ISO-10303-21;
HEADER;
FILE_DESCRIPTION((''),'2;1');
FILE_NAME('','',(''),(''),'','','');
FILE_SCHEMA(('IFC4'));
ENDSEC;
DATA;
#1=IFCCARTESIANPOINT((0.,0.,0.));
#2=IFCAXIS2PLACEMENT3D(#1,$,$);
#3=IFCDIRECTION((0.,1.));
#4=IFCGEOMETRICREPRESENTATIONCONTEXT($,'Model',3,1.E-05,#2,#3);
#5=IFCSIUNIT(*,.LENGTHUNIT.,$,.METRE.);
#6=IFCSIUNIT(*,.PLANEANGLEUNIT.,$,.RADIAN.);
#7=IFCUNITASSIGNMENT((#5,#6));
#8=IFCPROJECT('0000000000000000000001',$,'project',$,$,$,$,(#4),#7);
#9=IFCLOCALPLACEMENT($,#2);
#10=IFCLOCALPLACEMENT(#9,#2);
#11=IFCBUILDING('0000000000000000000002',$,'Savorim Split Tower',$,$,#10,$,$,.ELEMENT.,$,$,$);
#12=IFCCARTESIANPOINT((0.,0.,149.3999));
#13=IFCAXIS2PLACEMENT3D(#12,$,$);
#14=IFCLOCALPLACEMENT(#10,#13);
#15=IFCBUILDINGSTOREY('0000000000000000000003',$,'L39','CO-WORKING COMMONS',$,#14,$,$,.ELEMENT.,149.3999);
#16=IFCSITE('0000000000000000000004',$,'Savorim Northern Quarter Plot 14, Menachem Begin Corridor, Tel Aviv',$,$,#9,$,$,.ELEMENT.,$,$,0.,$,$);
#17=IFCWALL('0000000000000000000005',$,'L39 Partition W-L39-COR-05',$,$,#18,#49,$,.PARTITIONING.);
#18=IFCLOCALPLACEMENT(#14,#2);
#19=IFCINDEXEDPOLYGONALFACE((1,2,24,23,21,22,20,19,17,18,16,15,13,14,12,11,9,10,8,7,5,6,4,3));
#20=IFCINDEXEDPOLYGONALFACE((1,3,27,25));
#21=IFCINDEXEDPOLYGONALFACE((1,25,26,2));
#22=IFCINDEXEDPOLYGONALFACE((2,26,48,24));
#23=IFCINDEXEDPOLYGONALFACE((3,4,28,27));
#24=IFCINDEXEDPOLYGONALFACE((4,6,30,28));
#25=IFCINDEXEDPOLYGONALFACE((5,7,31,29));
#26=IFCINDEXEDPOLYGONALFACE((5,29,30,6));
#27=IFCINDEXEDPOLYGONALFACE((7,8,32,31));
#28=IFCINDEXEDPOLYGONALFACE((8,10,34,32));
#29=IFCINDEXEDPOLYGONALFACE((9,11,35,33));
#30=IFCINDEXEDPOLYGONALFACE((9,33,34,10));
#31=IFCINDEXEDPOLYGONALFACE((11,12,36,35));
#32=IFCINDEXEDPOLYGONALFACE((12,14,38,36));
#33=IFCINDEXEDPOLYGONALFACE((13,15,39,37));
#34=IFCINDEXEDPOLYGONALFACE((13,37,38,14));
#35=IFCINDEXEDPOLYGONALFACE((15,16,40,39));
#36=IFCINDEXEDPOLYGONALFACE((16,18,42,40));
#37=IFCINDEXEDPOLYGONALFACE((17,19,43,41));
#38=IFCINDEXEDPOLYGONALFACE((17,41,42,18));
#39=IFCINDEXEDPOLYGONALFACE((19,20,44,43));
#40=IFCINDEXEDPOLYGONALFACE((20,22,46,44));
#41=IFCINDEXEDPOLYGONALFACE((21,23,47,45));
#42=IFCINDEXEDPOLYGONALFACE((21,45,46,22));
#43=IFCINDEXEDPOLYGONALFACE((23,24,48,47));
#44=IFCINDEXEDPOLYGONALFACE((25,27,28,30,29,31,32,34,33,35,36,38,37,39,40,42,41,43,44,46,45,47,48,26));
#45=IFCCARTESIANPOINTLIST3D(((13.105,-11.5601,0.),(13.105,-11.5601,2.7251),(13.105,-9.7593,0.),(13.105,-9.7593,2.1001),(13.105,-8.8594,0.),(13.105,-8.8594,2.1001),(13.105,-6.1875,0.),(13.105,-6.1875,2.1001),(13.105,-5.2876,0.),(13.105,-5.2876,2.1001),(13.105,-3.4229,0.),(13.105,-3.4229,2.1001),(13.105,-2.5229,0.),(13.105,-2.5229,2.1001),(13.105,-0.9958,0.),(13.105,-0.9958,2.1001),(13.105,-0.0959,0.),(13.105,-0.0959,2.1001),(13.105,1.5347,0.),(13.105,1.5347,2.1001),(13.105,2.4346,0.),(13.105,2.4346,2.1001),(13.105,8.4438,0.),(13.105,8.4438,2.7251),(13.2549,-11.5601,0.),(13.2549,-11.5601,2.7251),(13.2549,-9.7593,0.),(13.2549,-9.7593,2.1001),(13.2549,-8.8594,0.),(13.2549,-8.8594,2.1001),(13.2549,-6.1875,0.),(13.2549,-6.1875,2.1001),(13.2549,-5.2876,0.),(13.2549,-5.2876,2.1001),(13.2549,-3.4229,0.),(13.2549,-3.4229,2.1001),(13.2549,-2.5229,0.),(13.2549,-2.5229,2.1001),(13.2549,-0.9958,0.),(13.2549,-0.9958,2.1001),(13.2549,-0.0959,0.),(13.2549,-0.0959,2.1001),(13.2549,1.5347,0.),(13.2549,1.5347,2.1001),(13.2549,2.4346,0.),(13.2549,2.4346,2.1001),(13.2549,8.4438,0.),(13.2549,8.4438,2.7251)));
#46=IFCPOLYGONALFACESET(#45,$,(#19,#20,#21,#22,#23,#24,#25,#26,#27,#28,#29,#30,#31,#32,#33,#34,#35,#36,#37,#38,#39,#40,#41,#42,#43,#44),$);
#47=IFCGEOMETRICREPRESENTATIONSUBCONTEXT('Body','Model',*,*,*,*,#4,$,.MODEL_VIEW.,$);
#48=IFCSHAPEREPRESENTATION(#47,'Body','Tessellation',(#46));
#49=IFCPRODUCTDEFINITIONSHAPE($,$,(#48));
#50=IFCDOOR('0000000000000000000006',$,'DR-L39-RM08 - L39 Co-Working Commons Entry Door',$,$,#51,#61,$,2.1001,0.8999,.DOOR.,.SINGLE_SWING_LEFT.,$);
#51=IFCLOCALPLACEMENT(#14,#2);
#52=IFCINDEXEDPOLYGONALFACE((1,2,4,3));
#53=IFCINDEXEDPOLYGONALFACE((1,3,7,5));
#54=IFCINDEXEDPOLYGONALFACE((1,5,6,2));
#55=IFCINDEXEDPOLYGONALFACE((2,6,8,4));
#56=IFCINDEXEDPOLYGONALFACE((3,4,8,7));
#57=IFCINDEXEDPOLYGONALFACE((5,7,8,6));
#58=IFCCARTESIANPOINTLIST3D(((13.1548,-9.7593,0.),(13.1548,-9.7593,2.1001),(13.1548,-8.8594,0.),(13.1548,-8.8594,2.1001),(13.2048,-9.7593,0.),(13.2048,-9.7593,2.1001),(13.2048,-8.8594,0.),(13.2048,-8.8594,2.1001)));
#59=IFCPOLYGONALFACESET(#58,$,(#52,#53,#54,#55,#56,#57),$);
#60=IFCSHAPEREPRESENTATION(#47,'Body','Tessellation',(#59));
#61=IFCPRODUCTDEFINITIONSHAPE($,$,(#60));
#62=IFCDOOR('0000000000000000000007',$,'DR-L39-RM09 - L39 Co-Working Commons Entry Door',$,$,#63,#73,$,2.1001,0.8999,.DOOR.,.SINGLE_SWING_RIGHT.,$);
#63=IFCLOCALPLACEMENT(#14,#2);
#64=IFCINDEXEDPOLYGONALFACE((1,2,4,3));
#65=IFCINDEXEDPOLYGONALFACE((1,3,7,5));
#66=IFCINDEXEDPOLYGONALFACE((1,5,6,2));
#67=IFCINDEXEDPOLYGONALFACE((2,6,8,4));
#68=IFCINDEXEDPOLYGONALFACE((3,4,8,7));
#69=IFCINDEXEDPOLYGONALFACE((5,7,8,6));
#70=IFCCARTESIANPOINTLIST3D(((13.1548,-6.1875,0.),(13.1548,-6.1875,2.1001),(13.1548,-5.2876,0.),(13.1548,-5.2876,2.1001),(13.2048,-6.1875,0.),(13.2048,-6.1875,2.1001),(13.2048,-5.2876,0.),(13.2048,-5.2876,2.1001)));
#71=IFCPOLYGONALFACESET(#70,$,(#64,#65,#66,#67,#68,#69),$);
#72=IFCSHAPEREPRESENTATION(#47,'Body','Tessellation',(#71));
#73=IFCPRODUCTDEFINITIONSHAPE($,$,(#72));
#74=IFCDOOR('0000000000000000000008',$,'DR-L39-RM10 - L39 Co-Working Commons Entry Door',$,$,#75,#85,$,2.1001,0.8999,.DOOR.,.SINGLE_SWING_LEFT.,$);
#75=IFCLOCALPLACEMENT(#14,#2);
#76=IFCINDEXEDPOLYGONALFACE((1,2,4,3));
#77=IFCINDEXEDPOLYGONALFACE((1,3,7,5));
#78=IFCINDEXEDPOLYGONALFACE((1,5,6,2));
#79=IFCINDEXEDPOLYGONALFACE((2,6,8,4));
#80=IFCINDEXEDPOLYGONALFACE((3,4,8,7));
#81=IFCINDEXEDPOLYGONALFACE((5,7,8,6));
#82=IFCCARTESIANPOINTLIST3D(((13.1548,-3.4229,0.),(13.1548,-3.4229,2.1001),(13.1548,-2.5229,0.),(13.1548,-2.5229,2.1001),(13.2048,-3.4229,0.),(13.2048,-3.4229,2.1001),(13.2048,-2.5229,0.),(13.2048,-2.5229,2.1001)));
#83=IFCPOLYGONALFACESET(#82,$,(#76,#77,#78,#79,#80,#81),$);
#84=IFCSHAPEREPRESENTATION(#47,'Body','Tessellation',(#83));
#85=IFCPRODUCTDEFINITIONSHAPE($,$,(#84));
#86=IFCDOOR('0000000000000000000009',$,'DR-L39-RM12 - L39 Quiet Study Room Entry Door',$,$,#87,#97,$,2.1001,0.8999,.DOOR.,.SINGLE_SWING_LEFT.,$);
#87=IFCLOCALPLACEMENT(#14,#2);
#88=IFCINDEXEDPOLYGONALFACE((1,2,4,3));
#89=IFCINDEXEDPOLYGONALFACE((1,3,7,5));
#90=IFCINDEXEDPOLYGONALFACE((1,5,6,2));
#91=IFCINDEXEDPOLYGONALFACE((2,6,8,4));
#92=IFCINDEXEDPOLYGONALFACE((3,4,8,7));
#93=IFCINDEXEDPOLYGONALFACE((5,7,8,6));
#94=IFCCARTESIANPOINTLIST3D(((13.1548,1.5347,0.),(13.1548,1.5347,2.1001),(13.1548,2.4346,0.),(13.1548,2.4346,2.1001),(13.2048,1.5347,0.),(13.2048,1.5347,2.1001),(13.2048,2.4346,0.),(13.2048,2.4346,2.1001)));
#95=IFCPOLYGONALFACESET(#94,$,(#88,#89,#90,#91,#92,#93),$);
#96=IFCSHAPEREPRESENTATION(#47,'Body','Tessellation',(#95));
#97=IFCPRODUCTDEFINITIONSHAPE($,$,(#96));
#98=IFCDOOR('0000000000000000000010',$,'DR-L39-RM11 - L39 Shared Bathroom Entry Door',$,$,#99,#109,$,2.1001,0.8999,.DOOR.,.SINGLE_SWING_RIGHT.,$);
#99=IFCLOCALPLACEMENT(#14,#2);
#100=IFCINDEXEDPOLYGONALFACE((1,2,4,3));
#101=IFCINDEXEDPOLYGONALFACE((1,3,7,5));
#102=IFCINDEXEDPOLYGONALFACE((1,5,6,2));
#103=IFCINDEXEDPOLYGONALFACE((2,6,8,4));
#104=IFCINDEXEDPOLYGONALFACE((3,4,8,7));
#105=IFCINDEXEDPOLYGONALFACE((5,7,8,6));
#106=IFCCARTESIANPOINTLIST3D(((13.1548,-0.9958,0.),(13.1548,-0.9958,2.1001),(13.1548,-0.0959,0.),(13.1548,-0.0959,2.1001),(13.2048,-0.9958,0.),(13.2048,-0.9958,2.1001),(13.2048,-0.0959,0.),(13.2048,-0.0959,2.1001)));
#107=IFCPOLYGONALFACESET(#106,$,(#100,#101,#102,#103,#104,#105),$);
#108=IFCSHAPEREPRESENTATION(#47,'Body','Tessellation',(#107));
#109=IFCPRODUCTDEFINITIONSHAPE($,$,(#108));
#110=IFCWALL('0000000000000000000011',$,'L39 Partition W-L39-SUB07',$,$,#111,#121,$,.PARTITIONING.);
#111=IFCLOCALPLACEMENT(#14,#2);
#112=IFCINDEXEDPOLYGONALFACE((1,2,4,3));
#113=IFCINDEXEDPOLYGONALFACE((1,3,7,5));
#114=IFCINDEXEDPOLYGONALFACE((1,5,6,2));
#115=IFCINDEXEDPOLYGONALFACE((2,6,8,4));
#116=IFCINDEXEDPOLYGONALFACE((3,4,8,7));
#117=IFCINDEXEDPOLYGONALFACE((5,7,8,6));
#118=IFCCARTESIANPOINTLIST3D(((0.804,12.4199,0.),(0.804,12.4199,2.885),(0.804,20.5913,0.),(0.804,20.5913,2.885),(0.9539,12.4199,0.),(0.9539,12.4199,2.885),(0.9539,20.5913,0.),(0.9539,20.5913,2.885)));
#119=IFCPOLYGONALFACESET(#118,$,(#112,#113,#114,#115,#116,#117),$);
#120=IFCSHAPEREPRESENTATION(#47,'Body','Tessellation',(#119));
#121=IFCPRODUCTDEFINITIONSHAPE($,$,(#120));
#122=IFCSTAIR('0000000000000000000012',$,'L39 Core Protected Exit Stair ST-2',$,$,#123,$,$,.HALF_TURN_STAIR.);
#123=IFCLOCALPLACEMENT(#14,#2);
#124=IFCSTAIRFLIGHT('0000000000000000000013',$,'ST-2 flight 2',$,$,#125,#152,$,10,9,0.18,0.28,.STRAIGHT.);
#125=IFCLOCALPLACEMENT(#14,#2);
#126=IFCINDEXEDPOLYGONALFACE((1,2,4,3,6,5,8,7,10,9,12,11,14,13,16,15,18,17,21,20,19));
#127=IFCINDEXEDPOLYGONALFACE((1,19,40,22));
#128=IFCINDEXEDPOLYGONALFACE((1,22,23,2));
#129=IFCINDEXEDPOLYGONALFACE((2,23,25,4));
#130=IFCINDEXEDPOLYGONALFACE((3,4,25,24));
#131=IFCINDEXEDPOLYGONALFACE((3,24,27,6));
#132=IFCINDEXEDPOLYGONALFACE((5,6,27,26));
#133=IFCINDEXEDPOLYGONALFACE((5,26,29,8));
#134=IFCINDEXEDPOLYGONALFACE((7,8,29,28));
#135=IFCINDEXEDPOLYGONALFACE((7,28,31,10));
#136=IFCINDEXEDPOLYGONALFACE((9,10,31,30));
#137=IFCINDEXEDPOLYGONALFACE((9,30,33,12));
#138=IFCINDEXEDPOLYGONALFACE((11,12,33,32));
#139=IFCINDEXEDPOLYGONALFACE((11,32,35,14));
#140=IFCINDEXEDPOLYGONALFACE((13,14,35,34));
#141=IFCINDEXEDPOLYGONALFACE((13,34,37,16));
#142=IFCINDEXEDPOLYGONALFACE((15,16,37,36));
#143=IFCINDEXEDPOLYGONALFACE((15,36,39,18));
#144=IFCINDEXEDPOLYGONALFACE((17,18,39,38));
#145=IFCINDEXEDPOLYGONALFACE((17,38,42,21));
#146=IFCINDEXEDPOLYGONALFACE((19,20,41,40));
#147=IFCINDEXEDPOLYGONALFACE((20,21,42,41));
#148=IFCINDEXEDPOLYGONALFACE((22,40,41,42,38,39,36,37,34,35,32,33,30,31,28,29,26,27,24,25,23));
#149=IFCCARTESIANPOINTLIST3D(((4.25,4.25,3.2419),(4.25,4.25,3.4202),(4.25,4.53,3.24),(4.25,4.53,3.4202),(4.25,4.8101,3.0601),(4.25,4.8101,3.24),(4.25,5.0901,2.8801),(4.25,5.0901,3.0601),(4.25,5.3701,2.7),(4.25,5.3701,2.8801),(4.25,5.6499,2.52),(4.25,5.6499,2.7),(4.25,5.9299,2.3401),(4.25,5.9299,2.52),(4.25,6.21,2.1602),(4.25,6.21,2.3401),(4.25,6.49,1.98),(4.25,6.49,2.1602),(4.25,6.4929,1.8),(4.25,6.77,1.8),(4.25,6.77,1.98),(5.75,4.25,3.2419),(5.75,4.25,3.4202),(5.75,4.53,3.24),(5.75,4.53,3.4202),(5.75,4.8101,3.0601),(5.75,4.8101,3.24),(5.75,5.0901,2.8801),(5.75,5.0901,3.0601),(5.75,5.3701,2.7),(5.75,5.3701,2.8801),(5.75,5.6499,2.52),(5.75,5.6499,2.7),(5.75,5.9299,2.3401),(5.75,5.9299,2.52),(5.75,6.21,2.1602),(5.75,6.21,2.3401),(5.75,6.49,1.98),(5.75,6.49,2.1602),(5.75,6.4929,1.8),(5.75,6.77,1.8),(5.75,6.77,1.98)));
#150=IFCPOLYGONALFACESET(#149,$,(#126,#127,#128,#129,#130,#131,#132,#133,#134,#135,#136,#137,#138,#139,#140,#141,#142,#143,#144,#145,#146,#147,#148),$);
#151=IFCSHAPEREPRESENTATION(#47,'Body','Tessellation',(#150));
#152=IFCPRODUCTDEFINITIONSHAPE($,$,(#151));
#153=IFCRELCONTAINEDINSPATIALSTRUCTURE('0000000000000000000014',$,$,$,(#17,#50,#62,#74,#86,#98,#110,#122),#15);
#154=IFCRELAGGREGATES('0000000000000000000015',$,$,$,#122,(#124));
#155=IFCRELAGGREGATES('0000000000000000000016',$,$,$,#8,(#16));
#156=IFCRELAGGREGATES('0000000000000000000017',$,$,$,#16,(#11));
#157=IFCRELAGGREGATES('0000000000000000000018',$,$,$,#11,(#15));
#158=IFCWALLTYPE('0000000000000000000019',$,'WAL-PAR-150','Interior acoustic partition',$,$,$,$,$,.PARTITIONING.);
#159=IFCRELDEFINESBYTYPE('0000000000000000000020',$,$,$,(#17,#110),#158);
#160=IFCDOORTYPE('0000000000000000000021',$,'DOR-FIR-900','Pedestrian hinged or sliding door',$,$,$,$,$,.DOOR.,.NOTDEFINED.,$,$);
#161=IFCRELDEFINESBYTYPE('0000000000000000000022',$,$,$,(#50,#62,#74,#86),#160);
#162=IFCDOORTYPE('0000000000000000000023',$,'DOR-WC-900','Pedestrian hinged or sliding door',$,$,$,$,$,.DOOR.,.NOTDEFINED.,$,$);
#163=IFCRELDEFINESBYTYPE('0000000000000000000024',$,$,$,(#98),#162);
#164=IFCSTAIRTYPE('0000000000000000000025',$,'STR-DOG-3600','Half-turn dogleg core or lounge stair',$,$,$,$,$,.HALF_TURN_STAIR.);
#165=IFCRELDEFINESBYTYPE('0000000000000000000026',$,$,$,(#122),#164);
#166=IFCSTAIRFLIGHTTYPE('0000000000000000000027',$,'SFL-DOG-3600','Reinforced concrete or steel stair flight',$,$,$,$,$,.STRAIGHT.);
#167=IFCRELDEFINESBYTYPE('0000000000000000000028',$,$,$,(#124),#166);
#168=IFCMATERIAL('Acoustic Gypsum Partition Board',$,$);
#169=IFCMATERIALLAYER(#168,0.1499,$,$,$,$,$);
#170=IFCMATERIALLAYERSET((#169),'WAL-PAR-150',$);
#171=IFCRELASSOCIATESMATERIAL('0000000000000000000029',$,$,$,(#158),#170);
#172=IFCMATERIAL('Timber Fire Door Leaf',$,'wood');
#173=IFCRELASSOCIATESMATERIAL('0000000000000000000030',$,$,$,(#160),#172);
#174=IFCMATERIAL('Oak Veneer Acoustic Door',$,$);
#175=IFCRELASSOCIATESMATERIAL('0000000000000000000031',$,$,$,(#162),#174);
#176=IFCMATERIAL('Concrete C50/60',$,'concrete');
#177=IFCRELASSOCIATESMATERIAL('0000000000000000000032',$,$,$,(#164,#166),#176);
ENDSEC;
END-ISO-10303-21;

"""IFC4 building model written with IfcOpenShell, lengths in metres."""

from ifc_helpers import new_model, si_unit, direction, frame, frame_2d, origin, place, context, subcontext, project, spatial, polyline, rectangle, outline, extrude, material, layer, layer_set, type_object, element, fill, aggregate, save


model = new_model("IFC4")

# Units and contexts
model_context = context("Model", 3, precision=1e-05, world=origin(), true_north=direction((0.0, 1.0)))
body_context = subcontext(model_context, "Body", "Model", "MODEL_VIEW")
ifc_project = project(units=[si_unit("LENGTHUNIT", "METRE"), si_unit("PLANEANGLEUNIT", "RADIAN")], contexts=[model_context])

# Site, building, storey
site_placement = place(None, origin())
site = spatial("IfcSite", under=ifc_project, at=site_placement, Name="Savorim Northern Quarter Plot 14, Menachem Begin Corridor, Tel Aviv", CompositionType="ELEMENT", RefElevation=0.0)
building_placement = place(site_placement, origin())
building = spatial("IfcBuilding", under=site, at=building_placement, Name="Savorim Split Tower", CompositionType="ELEMENT")
storey_placement = place(building_placement, frame((0.0, 0.0, 149.3999)))
storey = spatial("IfcBuildingStorey", under=building, at=storey_placement, Name="L39", Description="CO-WORKING COMMONS", CompositionType="ELEMENT", Elevation=149.3999)

# Shared definitions
ifc_material_1 = material(Name="Timber Fire Door Leaf", Category="wood")

# Shared definitions
ifc_material_2 = material(Name="Acoustic Gypsum Partition Board")
ifc_layer_1 = layer(ifc_material_2, 0.1499)
ifc_layer_set_1 = layer_set([ifc_layer_1], Name="WAL-PAR-150")
wall_type_1 = type_object("IfcWallType", Name="WAL-PAR-150", Description="Interior acoustic partition", PredefinedType="PARTITIONING", material=ifc_layer_set_1)
door_type_1 = type_object("IfcDoorType", Name="DOR-FIR-900", Description="Pedestrian hinged or sliding door", OperationType="NOTDEFINED", PredefinedType="DOOR", material=ifc_material_1)

# Wall, openings, doors
wall_1_placement = place(storey_placement, frame((13.1799, 8.4438, 0.0), z_axis=(0.0, 0.0, 1.0), x_axis=(0.0, -1.0, 0.0)))
wall_1 = element("IfcWall", 1, at=wall_1_placement, inside=storey, type_object=wall_type_1, Name="L39 Partition W-L39-COR-05", PredefinedType="PARTITIONING", context=body_context, shape_type="SweptSolid", body=[
    extrude(rectangle(XDim=20.0039, YDim=0.1499, at=frame_2d((10.002, 0.0))), origin(), (0.0, 0.0, 1.0), 2.7251),
])
opening_1_placement = place(wall_1_placement, frame((17.3032, 0.0, 0.0)))
opening_1 = element("IfcOpeningElement", 2, at=opening_1_placement, cuts=wall_1, PredefinedType="OPENING", context=body_context, shape_type="SweptSolid", body=[
    extrude(rectangle(XDim=0.8999, YDim=2.1001, at=frame_2d((0.45, 1.05))), frame((0.0, 0.085, 0.0), z_axis=(0.0, -1.0, 0.0), x_axis=(1.0, 0.0, 0.0)), (0.0, 0.0, 1.0), 0.1699),
])
opening_2_placement = place(wall_1_placement, frame((13.7314, 0.0, 0.0)))
opening_2 = element("IfcOpeningElement", 3, at=opening_2_placement, cuts=wall_1, PredefinedType="OPENING", context=body_context, shape_type="SweptSolid", body=[
    extrude(rectangle(XDim=0.8999, YDim=2.1001, at=frame_2d((0.45, 1.05))), frame((0.0, 0.085, 0.0), z_axis=(0.0, -1.0, 0.0), x_axis=(1.0, 0.0, 0.0)), (0.0, 0.0, 1.0), 0.1699),
])
opening_3_placement = place(wall_1_placement, frame((10.9668, 0.0, 0.0)))
opening_3 = element("IfcOpeningElement", 4, at=opening_3_placement, cuts=wall_1, PredefinedType="OPENING", context=body_context, shape_type="SweptSolid", body=[
    extrude(rectangle(XDim=0.8999, YDim=2.1001, at=frame_2d((0.45, 1.05))), frame((0.0, 0.085, 0.0), z_axis=(0.0, -1.0, 0.0), x_axis=(1.0, 0.0, 0.0)), (0.0, 0.0, 1.0), 0.1699),
])
opening_4_placement = place(wall_1_placement, frame((8.5398, 0.0, 0.0)))
opening_4 = element("IfcOpeningElement", 5, at=opening_4_placement, cuts=wall_1, PredefinedType="OPENING", context=body_context, shape_type="SweptSolid", body=[
    extrude(rectangle(XDim=0.8999, YDim=2.1001, at=frame_2d((0.45, 1.05))), frame((0.0, 0.085, 0.0), z_axis=(0.0, -1.0, 0.0), x_axis=(1.0, 0.0, 0.0)), (0.0, 0.0, 1.0), 0.1699),
])
opening_5_placement = place(wall_1_placement, frame((6.0093, 0.0, 0.0)))
opening_5 = element("IfcOpeningElement", 6, at=opening_5_placement, cuts=wall_1, PredefinedType="OPENING", context=body_context, shape_type="SweptSolid", body=[
    extrude(rectangle(XDim=0.8999, YDim=2.1001, at=frame_2d((0.45, 1.05))), frame((0.0, 0.085, 0.0), z_axis=(0.0, -1.0, 0.0), x_axis=(1.0, 0.0, 0.0)), (0.0, 0.0, 1.0), 0.1699),
])
door_1_placement = place(opening_1_placement, origin())
door_1 = element("IfcDoor", 7, at=door_1_placement, inside=storey, type_object=door_type_1, Name="DR-L39-RM08 - L39 Co-Working Commons Entry Door", OperationType="SINGLE_SWING_LEFT", OverallHeight=2.1001, OverallWidth=0.8999, PredefinedType="DOOR", context=body_context, shape_type="SweptSolid", body=[
    extrude(rectangle(XDim=0.8999, YDim=2.1001, at=frame_2d((0.45, 1.05))), frame((0.0, 0.0249, 0.0), z_axis=(0.0, -1.0, 0.0), x_axis=(1.0, 0.0, 0.0)), (0.0, 0.0, 1.0), 0.05),
])
fill(opening_1, door_1)
door_2_placement = place(opening_2_placement, origin())
door_2 = element("IfcDoor", 8, at=door_2_placement, inside=storey, type_object=door_type_1, Name="DR-L39-RM09 - L39 Co-Working Commons Entry Door", OperationType="SINGLE_SWING_RIGHT", OverallHeight=2.1001, OverallWidth=0.8999, PredefinedType="DOOR", context=body_context, shape_type="SweptSolid", body=[
    extrude(rectangle(XDim=0.8999, YDim=2.1001, at=frame_2d((0.45, 1.05))), frame((0.0, 0.0249, 0.0), z_axis=(0.0, -1.0, 0.0), x_axis=(1.0, 0.0, 0.0)), (0.0, 0.0, 1.0), 0.05),
])
fill(opening_2, door_2)
door_3_placement = place(opening_3_placement, origin())
door_3 = element("IfcDoor", 9, at=door_3_placement, inside=storey, type_object=door_type_1, Name="DR-L39-RM10 - L39 Co-Working Commons Entry Door", OperationType="SINGLE_SWING_LEFT", OverallHeight=2.1001, OverallWidth=0.8999, PredefinedType="DOOR", context=body_context, shape_type="SweptSolid", body=[
    extrude(rectangle(XDim=0.8999, YDim=2.1001, at=frame_2d((0.45, 1.05))), frame((0.0, 0.0249, 0.0), z_axis=(0.0, -1.0, 0.0), x_axis=(1.0, 0.0, 0.0)), (0.0, 0.0, 1.0), 0.05),
])
fill(opening_3, door_3)
door_4_placement = place(opening_5_placement, origin())
door_4 = element("IfcDoor", 10, at=door_4_placement, inside=storey, type_object=door_type_1, Name="DR-L39-RM12 - L39 Quiet Study Room Entry Door", OperationType="SINGLE_SWING_LEFT", OverallHeight=2.1001, OverallWidth=0.8999, PredefinedType="DOOR", context=body_context, shape_type="SweptSolid", body=[
    extrude(rectangle(XDim=0.8999, YDim=2.1001, at=frame_2d((0.45, 1.05))), frame((0.0, 0.0249, 0.0), z_axis=(0.0, -1.0, 0.0), x_axis=(1.0, 0.0, 0.0)), (0.0, 0.0, 1.0), 0.05),
])
fill(opening_5, door_4)
ifc_material_3 = material(Name="Oak Veneer Acoustic Door")
door_type_2 = type_object("IfcDoorType", Name="DOR-WC-900", Description="Pedestrian hinged or sliding door", OperationType="NOTDEFINED", PredefinedType="DOOR", material=ifc_material_3)
door_5_placement = place(opening_4_placement, origin())
door_5 = element("IfcDoor", 11, at=door_5_placement, inside=storey, type_object=door_type_2, Name="DR-L39-RM11 - L39 Shared Bathroom Entry Door", OperationType="SINGLE_SWING_RIGHT", OverallHeight=2.1001, OverallWidth=0.8999, PredefinedType="DOOR", context=body_context, shape_type="SweptSolid", body=[
    extrude(rectangle(XDim=0.8999, YDim=2.1001, at=frame_2d((0.45, 1.05))), frame((0.0, 0.0249, 0.0), z_axis=(0.0, -1.0, 0.0), x_axis=(1.0, 0.0, 0.0)), (0.0, 0.0, 1.0), 0.05),
])
fill(opening_4, door_5)

# Wall
wall_2_placement = place(storey_placement, frame((0.8789, 12.4199, 0.0), z_axis=(0.0, 0.0, 1.0), x_axis=(0.0, 1.0, 0.0)))
element("IfcWall", 12, at=wall_2_placement, inside=storey, type_object=wall_type_1, Name="L39 Partition W-L39-SUB07", PredefinedType="PARTITIONING", context=body_context, shape_type="SweptSolid", body=[
    extrude(rectangle(XDim=8.1714, YDim=0.1499, at=frame_2d((4.0857, 0.0))), origin(), (0.0, 0.0, 1.0), 2.885),
])

# Stair, stair flight
ifc_material_4 = material(Name="Concrete C50/60", Category="concrete")
stair_type = type_object("IfcStairType", Name="STR-DOG-3600", Description="Half-turn dogleg core or lounge stair", PredefinedType="HALF_TURN_STAIR", material=ifc_material_4)
stair_placement = place(storey_placement, origin())
stair = element("IfcStair", 13, at=stair_placement, inside=storey, type_object=stair_type, Name="L39 Core Protected Exit Stair ST-2", PredefinedType="HALF_TURN_STAIR")
stair_flight_type = type_object("IfcStairFlightType", Name="SFL-DOG-3600", Description="Reinforced concrete or steel stair flight", PredefinedType="STRAIGHT", material=ifc_material_4)
stair_flight_placement = place(storey_placement, frame((5.0, 6.77, 1.8), z_axis=(0.0, 0.0, 1.0), x_axis=(0.0, -1.0, 0.0)))
stair_flight = element("IfcStairFlight", 14, at=stair_flight_placement, type_object=stair_flight_type, Name="ST-2 flight 2", NumberOfRisers=10, NumberOfTreads=9, PredefinedType="STRAIGHT", RiserHeight=0.18, TreadLength=0.28, context=body_context, shape_type="SweptSolid", body=[
    extrude(outline(polyline([(0.0, 0.0), (0.0, 0.1799), (0.28, 0.1799), (0.28, 0.3601), (0.5601, 0.3601), (0.5601, 0.54), (0.8401, 0.54), (0.8401, 0.72), (1.1201, 0.72), (1.1201, 0.8999), (1.3999, 0.8999), (1.3999, 1.0801), (1.6799, 1.0801), (1.6799, 1.26), (1.96, 1.26), (1.96, 1.4399), (2.24, 1.4399), (2.24, 1.6201), (2.52, 1.6201), (2.52, 1.8), (2.52, 1.4419), (0.2771, 0.0), (0.0, 0.0)])), frame((0.0, 0.75, 0.0), z_axis=(0.0, -1.0, 0.0), x_axis=(1.0, 0.0, 0.0)), (0.0, 0.0, 1.0), 1.5),
])
aggregate(stair, [stair_flight])

save(model, "model.ifc")
